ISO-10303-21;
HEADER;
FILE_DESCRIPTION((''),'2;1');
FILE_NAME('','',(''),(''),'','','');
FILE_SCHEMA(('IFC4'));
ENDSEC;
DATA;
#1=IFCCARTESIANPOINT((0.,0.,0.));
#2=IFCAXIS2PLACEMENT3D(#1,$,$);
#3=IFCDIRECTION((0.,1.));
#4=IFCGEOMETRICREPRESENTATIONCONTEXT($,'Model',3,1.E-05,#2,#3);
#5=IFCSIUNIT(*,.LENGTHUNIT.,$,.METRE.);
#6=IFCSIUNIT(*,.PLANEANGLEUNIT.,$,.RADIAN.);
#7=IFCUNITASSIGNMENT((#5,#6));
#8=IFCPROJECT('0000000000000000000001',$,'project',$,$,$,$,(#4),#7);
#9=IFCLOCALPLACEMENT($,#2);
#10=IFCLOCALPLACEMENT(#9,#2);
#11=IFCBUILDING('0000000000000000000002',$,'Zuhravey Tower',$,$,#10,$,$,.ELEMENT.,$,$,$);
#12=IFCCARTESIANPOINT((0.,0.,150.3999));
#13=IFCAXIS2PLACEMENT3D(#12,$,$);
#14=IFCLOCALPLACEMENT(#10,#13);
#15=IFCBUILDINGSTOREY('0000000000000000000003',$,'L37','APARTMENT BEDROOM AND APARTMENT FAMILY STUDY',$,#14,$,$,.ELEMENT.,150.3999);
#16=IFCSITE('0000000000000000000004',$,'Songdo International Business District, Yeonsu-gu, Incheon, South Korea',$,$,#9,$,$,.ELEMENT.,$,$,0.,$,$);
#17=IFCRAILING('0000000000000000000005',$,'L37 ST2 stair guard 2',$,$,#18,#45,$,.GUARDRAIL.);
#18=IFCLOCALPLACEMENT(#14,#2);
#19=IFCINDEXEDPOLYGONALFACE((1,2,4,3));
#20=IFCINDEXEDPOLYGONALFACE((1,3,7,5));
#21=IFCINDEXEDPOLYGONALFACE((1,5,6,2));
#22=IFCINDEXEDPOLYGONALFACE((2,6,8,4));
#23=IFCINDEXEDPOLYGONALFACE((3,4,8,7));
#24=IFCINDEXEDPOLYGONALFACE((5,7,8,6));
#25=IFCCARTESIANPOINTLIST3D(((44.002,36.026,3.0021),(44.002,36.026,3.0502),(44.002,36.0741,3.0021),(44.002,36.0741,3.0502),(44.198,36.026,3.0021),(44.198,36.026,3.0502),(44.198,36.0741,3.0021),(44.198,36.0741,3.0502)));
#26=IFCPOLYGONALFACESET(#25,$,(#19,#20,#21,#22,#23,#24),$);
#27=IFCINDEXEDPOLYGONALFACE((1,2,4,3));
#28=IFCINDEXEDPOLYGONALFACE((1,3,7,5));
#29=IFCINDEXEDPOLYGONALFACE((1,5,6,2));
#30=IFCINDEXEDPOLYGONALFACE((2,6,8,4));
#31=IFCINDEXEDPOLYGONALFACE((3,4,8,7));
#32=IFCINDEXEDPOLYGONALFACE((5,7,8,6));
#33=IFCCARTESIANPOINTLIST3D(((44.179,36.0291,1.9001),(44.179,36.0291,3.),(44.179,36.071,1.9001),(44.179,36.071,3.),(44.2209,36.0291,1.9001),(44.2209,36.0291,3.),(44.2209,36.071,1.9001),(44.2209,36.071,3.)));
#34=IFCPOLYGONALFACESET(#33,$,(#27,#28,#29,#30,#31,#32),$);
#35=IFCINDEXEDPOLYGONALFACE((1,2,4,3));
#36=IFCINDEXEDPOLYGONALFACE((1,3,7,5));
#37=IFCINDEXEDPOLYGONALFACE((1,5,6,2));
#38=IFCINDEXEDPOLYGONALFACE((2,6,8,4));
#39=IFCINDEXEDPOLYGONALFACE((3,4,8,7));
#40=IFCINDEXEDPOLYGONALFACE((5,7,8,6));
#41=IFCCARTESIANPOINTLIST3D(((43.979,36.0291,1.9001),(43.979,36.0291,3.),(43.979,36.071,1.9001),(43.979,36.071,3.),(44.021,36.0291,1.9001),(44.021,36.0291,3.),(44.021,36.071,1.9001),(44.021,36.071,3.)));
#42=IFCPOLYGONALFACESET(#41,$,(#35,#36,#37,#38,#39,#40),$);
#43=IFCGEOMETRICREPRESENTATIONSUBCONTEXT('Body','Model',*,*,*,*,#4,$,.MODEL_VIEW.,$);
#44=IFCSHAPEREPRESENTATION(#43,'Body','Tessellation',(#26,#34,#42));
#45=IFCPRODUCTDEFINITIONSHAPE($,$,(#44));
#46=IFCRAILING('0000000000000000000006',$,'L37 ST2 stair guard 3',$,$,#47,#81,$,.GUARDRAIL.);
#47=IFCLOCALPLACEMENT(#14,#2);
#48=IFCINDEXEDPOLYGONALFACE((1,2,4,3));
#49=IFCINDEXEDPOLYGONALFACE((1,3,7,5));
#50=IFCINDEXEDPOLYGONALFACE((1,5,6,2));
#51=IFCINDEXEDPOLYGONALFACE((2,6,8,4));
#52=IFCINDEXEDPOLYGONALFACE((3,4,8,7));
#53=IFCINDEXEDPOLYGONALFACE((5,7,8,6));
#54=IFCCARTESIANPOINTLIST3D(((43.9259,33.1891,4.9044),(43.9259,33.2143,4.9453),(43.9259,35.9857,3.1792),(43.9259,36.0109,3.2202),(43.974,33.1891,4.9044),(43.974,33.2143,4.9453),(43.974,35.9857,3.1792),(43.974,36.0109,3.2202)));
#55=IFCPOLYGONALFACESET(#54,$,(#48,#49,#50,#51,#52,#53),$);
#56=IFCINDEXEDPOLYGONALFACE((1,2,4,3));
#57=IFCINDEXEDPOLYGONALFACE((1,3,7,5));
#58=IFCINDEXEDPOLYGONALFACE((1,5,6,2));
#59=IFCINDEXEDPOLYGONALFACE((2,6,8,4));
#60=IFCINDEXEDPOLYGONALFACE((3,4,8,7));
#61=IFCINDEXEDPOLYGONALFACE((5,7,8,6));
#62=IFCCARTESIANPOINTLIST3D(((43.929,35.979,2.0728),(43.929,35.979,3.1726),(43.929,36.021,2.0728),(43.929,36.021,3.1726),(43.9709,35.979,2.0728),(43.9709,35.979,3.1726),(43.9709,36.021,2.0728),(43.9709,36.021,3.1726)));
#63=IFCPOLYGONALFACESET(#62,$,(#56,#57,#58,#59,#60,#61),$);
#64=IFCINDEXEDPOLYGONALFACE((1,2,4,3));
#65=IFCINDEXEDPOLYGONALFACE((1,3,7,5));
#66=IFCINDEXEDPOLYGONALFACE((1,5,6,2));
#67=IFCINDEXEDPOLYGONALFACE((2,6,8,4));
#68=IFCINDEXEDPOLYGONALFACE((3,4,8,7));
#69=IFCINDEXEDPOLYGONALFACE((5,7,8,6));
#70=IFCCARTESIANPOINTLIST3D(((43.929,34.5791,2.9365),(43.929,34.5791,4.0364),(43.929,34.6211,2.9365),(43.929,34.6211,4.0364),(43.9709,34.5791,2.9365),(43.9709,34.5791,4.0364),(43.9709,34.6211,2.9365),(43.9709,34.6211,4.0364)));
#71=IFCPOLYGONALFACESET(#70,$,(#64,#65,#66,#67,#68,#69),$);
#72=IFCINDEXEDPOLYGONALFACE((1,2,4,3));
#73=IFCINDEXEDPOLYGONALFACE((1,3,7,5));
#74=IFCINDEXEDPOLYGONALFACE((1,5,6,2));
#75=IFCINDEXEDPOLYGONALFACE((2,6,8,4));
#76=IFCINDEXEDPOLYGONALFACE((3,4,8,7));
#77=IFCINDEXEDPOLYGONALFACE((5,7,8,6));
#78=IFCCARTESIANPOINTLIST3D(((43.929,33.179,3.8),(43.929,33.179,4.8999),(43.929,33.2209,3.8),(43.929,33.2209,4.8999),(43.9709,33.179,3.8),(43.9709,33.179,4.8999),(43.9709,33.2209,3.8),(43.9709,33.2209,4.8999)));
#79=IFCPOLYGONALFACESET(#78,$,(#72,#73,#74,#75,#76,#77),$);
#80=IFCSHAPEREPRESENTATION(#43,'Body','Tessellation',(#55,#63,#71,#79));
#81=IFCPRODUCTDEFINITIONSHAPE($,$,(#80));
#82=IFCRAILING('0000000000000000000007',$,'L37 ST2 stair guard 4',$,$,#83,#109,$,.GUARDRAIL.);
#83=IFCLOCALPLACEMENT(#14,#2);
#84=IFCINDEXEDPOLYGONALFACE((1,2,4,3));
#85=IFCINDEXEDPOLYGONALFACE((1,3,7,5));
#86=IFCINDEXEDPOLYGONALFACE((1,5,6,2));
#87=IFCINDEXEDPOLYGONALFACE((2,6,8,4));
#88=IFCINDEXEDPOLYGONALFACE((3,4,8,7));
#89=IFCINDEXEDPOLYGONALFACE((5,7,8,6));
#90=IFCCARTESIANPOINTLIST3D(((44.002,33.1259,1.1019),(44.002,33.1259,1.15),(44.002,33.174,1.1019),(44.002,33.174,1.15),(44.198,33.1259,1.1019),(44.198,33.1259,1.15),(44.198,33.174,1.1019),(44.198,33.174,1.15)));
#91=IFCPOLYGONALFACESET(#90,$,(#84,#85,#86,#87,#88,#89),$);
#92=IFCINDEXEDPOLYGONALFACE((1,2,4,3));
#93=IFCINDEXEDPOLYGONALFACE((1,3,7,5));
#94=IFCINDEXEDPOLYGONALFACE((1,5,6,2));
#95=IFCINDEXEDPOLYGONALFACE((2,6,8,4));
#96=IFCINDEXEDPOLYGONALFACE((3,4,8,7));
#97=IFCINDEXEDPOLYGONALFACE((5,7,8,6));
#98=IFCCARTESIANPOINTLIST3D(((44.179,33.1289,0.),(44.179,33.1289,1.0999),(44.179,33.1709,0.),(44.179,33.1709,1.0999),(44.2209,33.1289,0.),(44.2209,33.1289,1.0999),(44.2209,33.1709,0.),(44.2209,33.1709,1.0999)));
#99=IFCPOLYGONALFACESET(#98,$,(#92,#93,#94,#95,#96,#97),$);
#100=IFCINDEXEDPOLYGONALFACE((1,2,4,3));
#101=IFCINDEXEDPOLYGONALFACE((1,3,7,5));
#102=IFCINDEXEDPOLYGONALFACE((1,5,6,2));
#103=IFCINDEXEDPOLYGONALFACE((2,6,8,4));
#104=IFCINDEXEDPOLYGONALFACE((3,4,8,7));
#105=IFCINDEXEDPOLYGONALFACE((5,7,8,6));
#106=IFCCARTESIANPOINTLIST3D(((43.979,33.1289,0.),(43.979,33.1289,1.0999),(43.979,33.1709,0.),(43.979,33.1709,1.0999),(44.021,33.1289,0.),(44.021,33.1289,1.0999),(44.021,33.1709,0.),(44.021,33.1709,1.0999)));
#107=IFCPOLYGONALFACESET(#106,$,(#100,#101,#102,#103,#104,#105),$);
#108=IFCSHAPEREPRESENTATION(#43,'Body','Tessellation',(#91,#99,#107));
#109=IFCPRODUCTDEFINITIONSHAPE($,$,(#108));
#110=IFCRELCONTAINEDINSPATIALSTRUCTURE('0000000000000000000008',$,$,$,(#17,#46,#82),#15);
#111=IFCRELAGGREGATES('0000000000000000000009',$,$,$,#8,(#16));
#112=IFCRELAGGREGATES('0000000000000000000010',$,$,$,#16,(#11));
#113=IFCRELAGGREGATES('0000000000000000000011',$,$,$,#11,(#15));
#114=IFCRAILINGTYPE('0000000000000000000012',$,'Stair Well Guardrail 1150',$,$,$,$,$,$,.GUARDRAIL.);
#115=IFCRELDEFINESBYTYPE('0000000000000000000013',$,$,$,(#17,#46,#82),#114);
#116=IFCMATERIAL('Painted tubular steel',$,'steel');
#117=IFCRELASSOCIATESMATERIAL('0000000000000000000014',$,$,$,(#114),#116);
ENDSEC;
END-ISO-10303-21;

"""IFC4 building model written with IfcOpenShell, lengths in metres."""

from ifc_helpers import new_model, si_unit, direction, frame, origin, origin_2d, place, context, subcontext, project, spatial, rectangle, extrude, material, type_object, element, save


model = new_model("IFC4")

# Units and contexts
model_context = context("Model", 3, precision=1e-05, world=origin(), true_north=direction((0.0, 1.0)))
body_context = subcontext(model_context, "Body", "Model", "MODEL_VIEW")
ifc_project = project(units=[si_unit("LENGTHUNIT", "METRE"), si_unit("PLANEANGLEUNIT", "RADIAN")], contexts=[model_context])

# Site, building, storey
site_placement = place(None, origin())
site = spatial("IfcSite", under=ifc_project, at=site_placement, Name="Songdo International Business District, Yeonsu-gu, Incheon, South Korea", CompositionType="ELEMENT", RefElevation=0.0)
building_placement = place(site_placement, origin())
building = spatial("IfcBuilding", under=site, at=building_placement, Name="Zuhravey Tower", CompositionType="ELEMENT")
storey_placement = place(building_placement, frame((0.0, 0.0, 150.3999)))
storey = spatial("IfcBuildingStorey", under=building, at=storey_placement, Name="L37", Description="APARTMENT BEDROOM AND APARTMENT FAMILY STUDY", CompositionType="ELEMENT", Elevation=150.3999)

# Railings
ifc_material_1 = material(Name="Painted tubular steel", Category="steel")
railing_type_1 = type_object("IfcRailingType", Name="Stair Well Guardrail 1150", PredefinedType="GUARDRAIL", material=ifc_material_1)
railing_1_placement = place(storey_placement, frame((44.2, 36.05, 1.9001)))
element("IfcRailing", 1, at=railing_1_placement, inside=storey, type_object=railing_type_1, Name="L37 ST2 stair guard 2", PredefinedType="GUARDRAIL", context=body_context, shape_type="SweptSolid", body=[
    extrude(rectangle(XDim=0.0481, YDim=0.0481, at=origin_2d()), frame((-0.002, 0.0, 1.126), z_axis=(-1.0, 0.0, 0.0), x_axis=(0.0, -1.0, 0.0)), (0.0, 0.0, 1.0), 0.196),
    extrude(rectangle(XDim=0.042, YDim=0.042, at=origin_2d()), origin(), (0.0, 0.0, 1.0), 1.0999),
    extrude(rectangle(XDim=0.042, YDim=0.042, at=origin_2d()), frame((-0.2, 0.0, 0.0)), (0.0, 0.0, 1.0), 1.0999),
])
railing_2_placement = place(storey_placement, frame((43.95, 36.0, 2.0728)))
element("IfcRailing", 2, at=railing_2_placement, inside=storey, type_object=railing_type_1, Name="L37 ST2 stair guard 3", PredefinedType="GUARDRAIL", context=body_context, shape_type="SweptSolid", body=[
    extrude(rectangle(XDim=0.0481, YDim=0.0481, at=origin_2d()), frame((0.0, -0.0017, 1.127), z_axis=(0.0, -0.85109, 0.52502), x_axis=(1.0, 0.0, 0.0)), (0.0, 0.0, 1.0), 3.2859),
    extrude(rectangle(XDim=0.042, YDim=0.042, at=origin_2d()), origin(), (0.0, 0.0, 1.0), 1.0999),
    extrude(rectangle(XDim=0.042, YDim=0.042, at=origin_2d()), frame((0.0, -1.3999, 0.8638)), (0.0, 0.0, 1.0), 1.0999),
    extrude(rectangle(XDim=0.042, YDim=0.042, at=origin_2d()), frame((0.0, -2.8, 1.7273)), (0.0, 0.0, 1.0), 1.0999),
])
railing_3_placement = place(storey_placement, frame((44.2, 33.1499, 0.0)))
element("IfcRailing", 3, at=railing_3_placement, inside=storey, type_object=railing_type_1, Name="L37 ST2 stair guard 4", PredefinedType="GUARDRAIL", context=body_context, shape_type="SweptSolid", body=[
    extrude(rectangle(XDim=0.0481, YDim=0.0481, at=origin_2d()), frame((-0.002, 0.0, 1.126), z_axis=(-1.0, 0.0, 0.0), x_axis=(0.0, -1.0, 0.0)), (0.0, 0.0, 1.0), 0.196),
    extrude(rectangle(XDim=0.042, YDim=0.042, at=origin_2d()), origin(), (0.0, 0.0, 1.0), 1.0999),
    extrude(rectangle(XDim=0.042, YDim=0.042, at=origin_2d()), frame((-0.2, 0.0, 0.0)), (0.0, 0.0, 1.0), 1.0999),
])

save(model, "model.ifc")
